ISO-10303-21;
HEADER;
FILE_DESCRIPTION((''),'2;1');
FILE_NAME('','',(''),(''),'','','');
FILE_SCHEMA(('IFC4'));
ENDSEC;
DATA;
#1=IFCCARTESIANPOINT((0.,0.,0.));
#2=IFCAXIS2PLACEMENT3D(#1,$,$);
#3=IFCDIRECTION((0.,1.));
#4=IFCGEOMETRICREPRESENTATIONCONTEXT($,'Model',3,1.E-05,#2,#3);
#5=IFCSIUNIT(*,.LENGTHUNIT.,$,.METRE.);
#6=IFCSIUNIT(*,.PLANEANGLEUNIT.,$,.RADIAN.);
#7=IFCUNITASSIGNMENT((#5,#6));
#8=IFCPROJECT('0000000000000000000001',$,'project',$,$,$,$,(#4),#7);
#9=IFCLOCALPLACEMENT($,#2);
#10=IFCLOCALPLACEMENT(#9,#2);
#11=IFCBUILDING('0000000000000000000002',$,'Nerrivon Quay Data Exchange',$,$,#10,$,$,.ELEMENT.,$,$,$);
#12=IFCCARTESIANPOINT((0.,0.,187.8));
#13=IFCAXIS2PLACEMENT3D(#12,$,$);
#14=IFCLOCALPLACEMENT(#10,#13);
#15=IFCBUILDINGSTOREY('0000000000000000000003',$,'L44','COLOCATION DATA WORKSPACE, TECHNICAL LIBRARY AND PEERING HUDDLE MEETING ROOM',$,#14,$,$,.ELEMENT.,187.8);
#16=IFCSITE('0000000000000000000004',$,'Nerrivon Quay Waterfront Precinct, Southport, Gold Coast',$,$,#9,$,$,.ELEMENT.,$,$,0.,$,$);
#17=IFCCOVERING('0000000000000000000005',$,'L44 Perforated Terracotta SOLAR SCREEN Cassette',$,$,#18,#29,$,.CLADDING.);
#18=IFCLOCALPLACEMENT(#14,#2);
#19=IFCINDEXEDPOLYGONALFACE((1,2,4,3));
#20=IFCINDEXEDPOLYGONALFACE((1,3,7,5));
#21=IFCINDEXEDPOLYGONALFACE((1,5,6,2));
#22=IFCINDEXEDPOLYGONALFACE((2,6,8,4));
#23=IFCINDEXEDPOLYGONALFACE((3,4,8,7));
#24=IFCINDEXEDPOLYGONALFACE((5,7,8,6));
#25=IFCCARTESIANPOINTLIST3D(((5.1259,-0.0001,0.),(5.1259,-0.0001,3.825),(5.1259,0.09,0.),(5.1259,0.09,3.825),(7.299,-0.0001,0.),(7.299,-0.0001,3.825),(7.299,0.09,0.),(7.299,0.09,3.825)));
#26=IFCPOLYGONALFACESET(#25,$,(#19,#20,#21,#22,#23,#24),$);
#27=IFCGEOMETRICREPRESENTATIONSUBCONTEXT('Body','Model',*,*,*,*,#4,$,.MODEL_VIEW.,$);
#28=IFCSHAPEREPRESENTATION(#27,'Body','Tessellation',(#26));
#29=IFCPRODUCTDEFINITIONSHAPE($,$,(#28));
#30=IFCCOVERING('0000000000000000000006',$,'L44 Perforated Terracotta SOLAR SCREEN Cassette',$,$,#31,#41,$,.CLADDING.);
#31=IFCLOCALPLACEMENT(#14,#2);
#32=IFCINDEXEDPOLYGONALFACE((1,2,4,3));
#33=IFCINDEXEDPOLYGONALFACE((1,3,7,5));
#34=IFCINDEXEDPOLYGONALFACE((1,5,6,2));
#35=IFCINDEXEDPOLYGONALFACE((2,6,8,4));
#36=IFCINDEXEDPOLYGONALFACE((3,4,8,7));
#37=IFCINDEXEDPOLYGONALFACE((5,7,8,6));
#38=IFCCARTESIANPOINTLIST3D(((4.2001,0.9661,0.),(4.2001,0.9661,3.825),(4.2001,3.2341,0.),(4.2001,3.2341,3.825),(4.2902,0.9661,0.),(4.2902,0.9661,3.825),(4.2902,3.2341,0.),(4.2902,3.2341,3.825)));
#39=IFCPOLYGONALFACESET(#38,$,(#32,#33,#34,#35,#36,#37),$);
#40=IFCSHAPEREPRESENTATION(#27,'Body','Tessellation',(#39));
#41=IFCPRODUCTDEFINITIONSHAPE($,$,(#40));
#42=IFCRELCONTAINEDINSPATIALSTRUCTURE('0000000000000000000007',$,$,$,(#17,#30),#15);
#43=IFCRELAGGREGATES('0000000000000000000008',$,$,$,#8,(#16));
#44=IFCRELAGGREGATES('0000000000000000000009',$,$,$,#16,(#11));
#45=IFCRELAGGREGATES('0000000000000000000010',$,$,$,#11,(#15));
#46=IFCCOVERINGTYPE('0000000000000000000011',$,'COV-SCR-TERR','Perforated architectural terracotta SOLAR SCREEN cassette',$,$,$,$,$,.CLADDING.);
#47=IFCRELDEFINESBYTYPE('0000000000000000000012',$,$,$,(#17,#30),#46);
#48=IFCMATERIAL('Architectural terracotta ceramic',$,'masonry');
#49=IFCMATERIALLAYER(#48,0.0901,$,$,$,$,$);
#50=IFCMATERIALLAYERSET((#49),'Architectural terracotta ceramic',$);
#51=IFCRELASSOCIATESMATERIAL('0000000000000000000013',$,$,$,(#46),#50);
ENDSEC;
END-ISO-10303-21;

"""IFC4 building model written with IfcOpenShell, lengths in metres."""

from ifc_helpers import new_model, si_unit, direction, frame, origin, origin_2d, place, context, subcontext, project, spatial, rectangle, extrude, material, layer, layer_set, type_object, element, save


model = new_model("IFC4")

# Units and contexts
model_context = context("Model", 3, precision=1e-05, world=origin(), true_north=direction((0.0, 1.0)))
body_context = subcontext(model_context, "Body", "Model", "MODEL_VIEW")
ifc_project = project(units=[si_unit("LENGTHUNIT", "METRE"), si_unit("PLANEANGLEUNIT", "RADIAN")], contexts=[model_context])

# Site, building, storey
site_placement = place(None, origin())
site = spatial("IfcSite", under=ifc_project, at=site_placement, Name="Nerrivon Quay Waterfront Precinct, Southport, Gold Coast", CompositionType="ELEMENT", RefElevation=0.0)
building_placement = place(site_placement, origin())
building = spatial("IfcBuilding", under=site, at=building_placement, Name="Nerrivon Quay Data Exchange", CompositionType="ELEMENT")
storey_placement = place(building_placement, frame((0.0, 0.0, 187.8)))
storey = spatial("IfcBuildingStorey", under=building, at=storey_placement, Name="L44", Description="COLOCATION DATA WORKSPACE, TECHNICAL LIBRARY AND PEERING HUDDLE MEETING ROOM", CompositionType="ELEMENT", Elevation=187.8)

# Coverings
ifc_material_1 = material(Name="Architectural terracotta ceramic", Category="masonry")
ifc_layer_1 = layer(ifc_material_1, 0.0901)
ifc_layer_set_1 = layer_set([ifc_layer_1], Name="Architectural terracotta ceramic")
covering_type = type_object("IfcCoveringType", Name="COV-SCR-TERR", Description="Perforated architectural terracotta SOLAR SCREEN cassette", PredefinedType="CLADDING", material=ifc_layer_set_1)
covering_1_placement = place(storey_placement, frame((6.2124, 0.0449, 0.0), z_axis=(0.0, 0.0, 1.0), x_axis=(-1.0, 0.0, 0.0)))
element("IfcCovering", 1, at=covering_1_placement, inside=storey, type_object=covering_type, Name="L44 Perforated Terracotta SOLAR SCREEN Cassette", PredefinedType="CLADDING", context=body_context, shape_type="SweptSolid", body=[
    extrude(rectangle(XDim=2.1731, YDim=0.0901, at=origin_2d()), origin(), (0.0, 0.0, 1.0), 3.825),
])
covering_2_placement = place(storey_placement, frame((4.2451, 2.1001, 0.0), z_axis=(0.0, 0.0, 1.0), x_axis=(0.0, 1.0, 0.0)))
element("IfcCovering", 2, at=covering_2_placement, inside=storey, type_object=covering_type, Name="L44 Perforated Terracotta SOLAR SCREEN Cassette", PredefinedType="CLADDING", context=body_context, shape_type="SweptSolid", body=[
    extrude(rectangle(XDim=2.2681, YDim=0.0901, at=origin_2d()), origin(), (0.0, 0.0, 1.0), 3.825),
])

save(model, "model.ifc")
